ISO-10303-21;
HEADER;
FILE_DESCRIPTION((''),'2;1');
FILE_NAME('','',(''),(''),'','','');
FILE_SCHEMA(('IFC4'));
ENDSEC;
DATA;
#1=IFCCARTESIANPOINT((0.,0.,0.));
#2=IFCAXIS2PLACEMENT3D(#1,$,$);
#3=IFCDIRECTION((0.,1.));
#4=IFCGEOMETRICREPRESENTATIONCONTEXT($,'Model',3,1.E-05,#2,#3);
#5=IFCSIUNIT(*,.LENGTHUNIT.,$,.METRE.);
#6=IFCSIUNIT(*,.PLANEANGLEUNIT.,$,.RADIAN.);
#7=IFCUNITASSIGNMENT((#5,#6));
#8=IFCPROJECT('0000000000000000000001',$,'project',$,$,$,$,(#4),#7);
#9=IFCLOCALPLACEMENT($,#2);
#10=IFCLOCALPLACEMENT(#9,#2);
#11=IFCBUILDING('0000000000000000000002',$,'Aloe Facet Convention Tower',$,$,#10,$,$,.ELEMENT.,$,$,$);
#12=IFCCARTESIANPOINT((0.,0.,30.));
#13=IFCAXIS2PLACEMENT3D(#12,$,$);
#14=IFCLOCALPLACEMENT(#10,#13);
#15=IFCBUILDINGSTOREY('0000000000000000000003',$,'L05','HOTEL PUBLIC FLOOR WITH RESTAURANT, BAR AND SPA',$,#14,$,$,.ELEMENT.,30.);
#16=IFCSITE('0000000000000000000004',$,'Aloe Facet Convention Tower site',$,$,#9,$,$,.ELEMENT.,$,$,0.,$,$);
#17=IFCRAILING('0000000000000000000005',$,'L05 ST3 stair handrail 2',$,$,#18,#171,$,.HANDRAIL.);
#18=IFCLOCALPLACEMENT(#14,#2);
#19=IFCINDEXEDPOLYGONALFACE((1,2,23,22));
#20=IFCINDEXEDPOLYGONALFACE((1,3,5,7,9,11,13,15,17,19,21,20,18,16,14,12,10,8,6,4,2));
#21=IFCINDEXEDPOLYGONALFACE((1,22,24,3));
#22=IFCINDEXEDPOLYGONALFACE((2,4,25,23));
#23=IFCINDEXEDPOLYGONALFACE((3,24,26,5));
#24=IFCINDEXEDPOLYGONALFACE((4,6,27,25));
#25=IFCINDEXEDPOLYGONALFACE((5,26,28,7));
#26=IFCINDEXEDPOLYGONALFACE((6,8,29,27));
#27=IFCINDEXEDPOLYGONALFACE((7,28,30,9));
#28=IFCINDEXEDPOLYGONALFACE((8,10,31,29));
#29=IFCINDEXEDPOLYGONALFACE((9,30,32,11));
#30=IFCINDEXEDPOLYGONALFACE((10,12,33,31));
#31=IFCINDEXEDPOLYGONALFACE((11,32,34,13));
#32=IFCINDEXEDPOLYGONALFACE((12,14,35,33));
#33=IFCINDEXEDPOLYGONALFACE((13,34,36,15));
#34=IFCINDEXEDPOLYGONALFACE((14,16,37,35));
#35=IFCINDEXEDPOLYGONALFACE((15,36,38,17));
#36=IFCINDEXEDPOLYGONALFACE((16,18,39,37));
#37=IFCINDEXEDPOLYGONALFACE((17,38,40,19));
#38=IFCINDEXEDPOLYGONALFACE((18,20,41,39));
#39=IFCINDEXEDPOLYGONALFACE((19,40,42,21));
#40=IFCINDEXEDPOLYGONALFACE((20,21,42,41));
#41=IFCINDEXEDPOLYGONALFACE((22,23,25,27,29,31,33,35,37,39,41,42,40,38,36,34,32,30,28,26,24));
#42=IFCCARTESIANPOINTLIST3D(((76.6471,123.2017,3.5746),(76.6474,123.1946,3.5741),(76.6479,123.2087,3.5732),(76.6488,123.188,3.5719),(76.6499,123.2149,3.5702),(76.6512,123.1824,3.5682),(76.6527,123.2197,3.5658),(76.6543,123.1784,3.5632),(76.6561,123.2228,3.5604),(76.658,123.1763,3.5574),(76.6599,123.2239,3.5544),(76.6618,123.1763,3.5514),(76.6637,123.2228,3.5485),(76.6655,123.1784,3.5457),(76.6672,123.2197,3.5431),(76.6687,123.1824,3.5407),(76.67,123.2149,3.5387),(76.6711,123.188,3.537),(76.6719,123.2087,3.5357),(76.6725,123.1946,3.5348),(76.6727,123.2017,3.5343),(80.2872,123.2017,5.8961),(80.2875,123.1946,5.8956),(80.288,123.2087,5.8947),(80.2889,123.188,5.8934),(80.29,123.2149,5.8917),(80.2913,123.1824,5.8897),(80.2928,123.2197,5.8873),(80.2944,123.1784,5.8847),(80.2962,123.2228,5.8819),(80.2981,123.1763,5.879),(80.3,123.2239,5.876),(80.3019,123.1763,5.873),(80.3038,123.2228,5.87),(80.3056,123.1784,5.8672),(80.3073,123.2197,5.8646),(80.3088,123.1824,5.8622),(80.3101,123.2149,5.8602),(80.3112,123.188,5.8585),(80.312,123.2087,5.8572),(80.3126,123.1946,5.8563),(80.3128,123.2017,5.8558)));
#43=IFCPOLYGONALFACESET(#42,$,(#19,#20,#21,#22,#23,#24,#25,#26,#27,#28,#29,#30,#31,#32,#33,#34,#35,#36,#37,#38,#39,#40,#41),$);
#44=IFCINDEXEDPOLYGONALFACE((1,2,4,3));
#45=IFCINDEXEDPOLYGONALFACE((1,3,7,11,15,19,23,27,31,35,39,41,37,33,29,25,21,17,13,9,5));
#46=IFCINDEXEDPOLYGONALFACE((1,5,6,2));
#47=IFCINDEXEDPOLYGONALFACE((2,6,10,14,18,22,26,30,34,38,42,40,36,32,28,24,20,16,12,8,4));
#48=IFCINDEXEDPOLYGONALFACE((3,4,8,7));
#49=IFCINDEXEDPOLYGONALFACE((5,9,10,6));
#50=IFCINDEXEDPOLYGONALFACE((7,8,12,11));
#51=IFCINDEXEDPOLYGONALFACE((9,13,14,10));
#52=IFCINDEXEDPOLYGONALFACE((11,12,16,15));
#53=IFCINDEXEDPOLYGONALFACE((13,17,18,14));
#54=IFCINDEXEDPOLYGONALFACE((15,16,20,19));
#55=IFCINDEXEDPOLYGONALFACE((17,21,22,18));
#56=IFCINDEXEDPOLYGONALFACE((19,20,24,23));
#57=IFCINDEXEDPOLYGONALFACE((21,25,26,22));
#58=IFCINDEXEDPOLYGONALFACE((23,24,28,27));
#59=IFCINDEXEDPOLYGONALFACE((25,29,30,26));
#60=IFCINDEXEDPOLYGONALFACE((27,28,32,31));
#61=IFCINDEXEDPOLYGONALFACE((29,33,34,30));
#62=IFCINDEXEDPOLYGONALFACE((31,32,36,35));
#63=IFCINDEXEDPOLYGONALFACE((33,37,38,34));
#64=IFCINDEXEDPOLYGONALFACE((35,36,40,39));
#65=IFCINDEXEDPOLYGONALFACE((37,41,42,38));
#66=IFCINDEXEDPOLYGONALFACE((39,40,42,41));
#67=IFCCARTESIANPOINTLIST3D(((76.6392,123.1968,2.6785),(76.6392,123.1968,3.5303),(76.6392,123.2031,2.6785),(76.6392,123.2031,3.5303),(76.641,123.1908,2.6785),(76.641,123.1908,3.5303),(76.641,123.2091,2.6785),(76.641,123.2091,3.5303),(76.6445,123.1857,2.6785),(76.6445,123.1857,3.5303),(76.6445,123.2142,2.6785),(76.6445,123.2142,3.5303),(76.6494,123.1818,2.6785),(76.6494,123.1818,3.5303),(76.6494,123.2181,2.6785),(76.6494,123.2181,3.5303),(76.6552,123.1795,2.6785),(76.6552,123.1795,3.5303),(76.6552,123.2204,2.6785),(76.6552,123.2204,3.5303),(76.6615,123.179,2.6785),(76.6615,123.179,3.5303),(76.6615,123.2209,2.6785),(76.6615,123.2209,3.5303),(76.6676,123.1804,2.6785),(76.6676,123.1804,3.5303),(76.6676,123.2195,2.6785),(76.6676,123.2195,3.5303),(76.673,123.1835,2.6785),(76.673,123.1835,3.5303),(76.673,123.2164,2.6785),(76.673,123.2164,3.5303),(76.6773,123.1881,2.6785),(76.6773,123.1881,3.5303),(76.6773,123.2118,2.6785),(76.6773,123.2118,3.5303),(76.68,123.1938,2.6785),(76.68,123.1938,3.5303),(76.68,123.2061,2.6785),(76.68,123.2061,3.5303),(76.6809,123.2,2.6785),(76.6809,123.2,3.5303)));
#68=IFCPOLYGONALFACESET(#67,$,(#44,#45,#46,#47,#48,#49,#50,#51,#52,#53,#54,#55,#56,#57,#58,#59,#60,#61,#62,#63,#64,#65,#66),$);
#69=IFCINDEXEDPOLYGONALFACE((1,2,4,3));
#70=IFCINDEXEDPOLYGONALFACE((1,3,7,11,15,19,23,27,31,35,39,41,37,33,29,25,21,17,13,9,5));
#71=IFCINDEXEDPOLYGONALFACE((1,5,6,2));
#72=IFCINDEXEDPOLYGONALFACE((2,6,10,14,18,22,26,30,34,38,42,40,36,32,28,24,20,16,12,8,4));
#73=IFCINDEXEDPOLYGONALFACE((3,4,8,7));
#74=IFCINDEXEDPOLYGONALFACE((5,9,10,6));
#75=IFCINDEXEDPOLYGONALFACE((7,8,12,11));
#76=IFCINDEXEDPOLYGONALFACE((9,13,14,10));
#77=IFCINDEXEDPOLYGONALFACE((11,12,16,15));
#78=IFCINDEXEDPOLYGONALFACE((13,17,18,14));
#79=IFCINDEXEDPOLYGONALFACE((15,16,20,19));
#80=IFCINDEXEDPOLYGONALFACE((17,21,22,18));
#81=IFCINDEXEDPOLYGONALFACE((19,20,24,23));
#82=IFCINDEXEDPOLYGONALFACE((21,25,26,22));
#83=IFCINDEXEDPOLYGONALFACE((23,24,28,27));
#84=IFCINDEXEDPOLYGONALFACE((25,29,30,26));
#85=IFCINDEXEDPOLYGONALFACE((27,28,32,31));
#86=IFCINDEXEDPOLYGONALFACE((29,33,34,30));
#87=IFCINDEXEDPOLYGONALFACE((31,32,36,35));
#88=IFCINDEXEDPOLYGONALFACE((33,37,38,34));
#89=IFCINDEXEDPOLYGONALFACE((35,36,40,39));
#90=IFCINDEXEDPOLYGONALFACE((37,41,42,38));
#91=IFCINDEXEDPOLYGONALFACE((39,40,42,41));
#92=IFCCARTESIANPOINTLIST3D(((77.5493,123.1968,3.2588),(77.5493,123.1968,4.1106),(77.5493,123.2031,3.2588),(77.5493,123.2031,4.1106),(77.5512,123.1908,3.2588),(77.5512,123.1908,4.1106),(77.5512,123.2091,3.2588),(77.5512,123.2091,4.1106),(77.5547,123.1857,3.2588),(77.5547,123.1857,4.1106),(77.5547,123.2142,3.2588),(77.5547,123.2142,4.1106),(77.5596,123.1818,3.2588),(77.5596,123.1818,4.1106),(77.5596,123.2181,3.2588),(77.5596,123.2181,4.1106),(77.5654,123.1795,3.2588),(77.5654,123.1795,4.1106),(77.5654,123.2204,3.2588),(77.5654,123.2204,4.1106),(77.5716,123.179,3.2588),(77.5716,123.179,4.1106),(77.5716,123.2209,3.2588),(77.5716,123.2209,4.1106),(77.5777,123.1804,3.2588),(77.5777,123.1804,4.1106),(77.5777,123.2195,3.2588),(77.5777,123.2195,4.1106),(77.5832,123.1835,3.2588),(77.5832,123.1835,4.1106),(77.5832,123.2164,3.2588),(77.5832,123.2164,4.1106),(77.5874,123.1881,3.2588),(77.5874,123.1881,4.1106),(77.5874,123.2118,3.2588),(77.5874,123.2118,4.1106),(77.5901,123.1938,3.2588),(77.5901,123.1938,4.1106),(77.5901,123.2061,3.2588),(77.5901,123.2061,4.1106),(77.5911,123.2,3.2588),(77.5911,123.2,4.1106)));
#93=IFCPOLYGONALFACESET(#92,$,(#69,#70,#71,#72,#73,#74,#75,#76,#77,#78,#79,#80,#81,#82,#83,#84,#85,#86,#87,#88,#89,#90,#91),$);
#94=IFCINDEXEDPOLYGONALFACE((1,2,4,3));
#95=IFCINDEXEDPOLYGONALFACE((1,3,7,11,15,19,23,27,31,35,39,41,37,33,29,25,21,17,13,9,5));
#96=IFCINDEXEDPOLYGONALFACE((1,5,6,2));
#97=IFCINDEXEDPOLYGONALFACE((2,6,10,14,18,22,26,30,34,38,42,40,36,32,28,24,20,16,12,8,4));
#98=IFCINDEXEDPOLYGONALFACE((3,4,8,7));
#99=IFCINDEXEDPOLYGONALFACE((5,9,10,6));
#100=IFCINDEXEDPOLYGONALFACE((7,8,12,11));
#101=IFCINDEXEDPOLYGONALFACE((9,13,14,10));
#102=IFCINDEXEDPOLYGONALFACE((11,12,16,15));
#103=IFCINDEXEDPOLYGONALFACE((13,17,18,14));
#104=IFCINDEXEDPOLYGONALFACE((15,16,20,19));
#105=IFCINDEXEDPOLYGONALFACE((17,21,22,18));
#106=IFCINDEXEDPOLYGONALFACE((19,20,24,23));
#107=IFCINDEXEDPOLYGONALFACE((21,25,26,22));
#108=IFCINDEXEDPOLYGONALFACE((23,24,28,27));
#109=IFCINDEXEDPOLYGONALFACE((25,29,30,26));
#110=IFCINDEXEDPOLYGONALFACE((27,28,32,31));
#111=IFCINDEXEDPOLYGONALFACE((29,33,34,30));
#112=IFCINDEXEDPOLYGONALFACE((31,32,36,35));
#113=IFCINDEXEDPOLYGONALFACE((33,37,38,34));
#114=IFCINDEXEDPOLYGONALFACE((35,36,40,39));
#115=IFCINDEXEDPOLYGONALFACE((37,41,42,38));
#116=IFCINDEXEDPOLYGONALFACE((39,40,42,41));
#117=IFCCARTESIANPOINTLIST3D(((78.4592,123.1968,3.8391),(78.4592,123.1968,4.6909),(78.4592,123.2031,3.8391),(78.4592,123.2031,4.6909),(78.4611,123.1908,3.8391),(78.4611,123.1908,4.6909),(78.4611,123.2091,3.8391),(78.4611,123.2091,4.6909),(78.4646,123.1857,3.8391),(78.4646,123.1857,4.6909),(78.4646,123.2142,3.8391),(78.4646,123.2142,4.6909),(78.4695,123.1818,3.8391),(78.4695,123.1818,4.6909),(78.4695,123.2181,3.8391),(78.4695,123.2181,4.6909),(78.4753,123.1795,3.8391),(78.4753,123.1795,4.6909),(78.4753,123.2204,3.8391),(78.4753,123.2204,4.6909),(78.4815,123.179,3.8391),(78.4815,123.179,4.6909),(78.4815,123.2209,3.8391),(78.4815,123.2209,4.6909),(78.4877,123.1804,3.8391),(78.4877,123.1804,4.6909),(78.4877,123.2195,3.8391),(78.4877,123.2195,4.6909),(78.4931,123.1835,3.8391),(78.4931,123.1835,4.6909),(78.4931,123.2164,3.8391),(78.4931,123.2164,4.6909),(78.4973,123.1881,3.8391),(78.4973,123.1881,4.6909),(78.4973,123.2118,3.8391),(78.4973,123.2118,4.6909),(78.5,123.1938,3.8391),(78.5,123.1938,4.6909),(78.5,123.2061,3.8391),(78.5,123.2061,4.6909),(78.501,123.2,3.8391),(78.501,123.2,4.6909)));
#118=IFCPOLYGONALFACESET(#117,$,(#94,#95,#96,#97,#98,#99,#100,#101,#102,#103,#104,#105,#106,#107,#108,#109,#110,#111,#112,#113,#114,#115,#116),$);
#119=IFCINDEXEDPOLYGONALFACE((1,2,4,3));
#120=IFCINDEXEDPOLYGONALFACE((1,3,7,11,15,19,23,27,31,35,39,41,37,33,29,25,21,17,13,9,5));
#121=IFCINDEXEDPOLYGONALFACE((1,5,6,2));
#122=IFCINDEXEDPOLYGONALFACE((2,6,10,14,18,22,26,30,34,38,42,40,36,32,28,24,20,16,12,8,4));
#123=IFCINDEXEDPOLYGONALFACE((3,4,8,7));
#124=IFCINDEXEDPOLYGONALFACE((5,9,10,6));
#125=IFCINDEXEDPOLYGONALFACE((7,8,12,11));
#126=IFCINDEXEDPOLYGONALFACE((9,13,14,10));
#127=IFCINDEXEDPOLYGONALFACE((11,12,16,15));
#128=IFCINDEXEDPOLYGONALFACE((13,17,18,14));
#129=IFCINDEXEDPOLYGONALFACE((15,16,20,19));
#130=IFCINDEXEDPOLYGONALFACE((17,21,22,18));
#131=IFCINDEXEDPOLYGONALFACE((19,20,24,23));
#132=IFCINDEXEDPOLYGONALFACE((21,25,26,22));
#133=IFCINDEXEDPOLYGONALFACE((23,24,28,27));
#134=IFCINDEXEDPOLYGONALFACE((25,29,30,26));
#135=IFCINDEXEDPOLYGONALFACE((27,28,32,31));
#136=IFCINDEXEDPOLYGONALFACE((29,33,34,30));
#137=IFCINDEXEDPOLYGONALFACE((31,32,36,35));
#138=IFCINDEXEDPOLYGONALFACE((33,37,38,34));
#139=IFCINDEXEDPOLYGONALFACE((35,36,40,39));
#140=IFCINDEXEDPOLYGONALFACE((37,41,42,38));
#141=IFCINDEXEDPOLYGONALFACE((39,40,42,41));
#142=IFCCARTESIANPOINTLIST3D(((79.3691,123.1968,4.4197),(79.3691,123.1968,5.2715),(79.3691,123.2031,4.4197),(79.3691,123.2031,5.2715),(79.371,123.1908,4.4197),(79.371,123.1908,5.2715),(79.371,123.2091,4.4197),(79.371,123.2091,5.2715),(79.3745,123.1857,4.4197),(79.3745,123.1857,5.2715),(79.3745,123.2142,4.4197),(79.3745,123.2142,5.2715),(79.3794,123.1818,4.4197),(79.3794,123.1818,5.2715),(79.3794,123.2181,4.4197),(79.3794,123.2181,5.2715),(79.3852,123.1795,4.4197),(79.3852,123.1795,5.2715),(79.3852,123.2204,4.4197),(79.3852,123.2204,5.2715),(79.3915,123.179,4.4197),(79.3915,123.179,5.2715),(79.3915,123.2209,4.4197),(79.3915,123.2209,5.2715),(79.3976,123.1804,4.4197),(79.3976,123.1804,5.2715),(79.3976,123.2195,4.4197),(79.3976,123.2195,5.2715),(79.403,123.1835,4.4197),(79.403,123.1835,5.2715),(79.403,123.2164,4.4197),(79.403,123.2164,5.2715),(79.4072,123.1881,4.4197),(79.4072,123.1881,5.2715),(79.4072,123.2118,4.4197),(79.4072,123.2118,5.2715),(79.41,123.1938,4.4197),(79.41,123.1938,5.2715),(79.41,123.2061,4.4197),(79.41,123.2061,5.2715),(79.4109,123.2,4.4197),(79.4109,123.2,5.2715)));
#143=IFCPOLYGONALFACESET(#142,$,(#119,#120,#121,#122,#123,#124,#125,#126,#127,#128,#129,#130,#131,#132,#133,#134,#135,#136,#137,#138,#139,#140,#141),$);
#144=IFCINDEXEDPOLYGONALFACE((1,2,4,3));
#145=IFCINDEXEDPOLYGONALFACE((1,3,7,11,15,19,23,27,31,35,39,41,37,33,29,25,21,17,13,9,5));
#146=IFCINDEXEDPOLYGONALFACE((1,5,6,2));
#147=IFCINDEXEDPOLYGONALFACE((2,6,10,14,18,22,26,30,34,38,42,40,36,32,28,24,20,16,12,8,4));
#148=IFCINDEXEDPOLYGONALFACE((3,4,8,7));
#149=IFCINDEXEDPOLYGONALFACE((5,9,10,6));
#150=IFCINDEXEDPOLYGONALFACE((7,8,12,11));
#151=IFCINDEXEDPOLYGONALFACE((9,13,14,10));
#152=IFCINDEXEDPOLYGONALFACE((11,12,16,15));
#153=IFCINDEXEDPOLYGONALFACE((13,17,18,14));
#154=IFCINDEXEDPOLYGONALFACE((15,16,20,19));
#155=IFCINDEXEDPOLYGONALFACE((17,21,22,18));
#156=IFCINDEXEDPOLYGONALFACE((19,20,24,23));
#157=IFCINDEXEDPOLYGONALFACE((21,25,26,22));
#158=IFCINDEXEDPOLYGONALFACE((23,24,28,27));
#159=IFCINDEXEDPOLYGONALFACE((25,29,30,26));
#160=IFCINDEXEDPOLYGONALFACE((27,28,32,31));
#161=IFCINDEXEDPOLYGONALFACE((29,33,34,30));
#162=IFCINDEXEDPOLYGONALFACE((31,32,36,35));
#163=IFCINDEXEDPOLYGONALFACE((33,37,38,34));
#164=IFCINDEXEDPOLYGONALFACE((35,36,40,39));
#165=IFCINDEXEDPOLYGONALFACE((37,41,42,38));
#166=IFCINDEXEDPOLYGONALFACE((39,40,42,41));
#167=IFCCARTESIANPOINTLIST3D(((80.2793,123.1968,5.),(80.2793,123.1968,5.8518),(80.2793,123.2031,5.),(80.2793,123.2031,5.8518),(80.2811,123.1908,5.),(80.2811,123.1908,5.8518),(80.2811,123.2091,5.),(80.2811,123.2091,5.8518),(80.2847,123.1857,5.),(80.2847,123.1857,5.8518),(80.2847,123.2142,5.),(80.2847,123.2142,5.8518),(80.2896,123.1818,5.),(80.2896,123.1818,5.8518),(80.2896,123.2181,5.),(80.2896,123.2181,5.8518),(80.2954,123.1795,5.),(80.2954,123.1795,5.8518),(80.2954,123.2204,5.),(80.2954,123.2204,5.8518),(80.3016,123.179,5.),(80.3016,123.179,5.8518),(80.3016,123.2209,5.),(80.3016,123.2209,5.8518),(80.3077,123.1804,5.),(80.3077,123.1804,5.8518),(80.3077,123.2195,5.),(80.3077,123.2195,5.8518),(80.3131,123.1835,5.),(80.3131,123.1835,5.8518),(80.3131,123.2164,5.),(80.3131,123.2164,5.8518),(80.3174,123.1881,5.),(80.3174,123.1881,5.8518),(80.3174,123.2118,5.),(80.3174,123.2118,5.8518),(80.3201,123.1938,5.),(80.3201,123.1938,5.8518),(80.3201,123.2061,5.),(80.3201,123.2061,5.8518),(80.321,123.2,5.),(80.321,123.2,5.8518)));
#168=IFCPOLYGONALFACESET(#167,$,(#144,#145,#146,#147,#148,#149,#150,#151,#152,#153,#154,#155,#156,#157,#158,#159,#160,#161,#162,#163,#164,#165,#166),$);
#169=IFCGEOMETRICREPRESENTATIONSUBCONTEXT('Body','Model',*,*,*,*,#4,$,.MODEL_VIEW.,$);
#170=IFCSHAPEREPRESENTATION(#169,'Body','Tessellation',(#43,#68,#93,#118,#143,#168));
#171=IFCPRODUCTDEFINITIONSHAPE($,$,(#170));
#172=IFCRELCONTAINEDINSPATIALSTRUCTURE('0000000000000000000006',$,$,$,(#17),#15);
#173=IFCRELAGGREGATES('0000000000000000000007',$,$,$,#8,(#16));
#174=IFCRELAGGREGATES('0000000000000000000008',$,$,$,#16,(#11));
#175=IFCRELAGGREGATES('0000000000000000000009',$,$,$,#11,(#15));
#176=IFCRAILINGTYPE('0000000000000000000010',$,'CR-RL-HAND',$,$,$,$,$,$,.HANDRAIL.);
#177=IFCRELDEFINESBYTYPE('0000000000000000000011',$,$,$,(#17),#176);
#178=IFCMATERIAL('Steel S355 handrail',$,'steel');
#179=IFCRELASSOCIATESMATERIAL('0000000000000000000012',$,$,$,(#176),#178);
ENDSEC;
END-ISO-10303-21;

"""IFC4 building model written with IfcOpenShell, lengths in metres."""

from ifc_helpers import new_model, si_unit, direction, frame, origin, origin_2d, place, context, subcontext, project, spatial, circle, extrude, material, type_object, element, save


model = new_model("IFC4")

# Units and contexts
model_context = context("Model", 3, precision=1e-05, world=origin(), true_north=direction((0.0, 1.0)))
body_context = subcontext(model_context, "Body", "Model", "MODEL_VIEW")
ifc_project = project(units=[si_unit("LENGTHUNIT", "METRE"), si_unit("PLANEANGLEUNIT", "RADIAN")], contexts=[model_context])

# Site, building, storey
site_placement = place(None, origin())
site = spatial("IfcSite", under=ifc_project, at=site_placement, Name="Aloe Facet Convention Tower site", CompositionType="ELEMENT", RefElevation=0.0)
building_placement = place(site_placement, origin())
building = spatial("IfcBuilding", under=site, at=building_placement, Name="Aloe Facet Convention Tower", CompositionType="ELEMENT")
storey_placement = place(building_placement, frame((0.0, 0.0, 30.0)))
storey = spatial("IfcBuildingStorey", under=building, at=storey_placement, Name="L05", Description="HOTEL PUBLIC FLOOR WITH RESTAURANT, BAR AND SPA", CompositionType="ELEMENT", Elevation=30.0)

# Railing
ifc_material_1 = material(Name="Steel S355 handrail", Category="steel")
railing_type_1 = type_object("IfcRailingType", Name="CR-RL-HAND", PredefinedType="HANDRAIL", material=ifc_material_1)
railing_1_placement = place(storey_placement, frame((76.6599, 123.2, 2.6785)))
element("IfcRailing", 1, at=railing_1_placement, inside=storey, type_object=railing_type_1, Name="L05 ST3 stair handrail 2", PredefinedType="HANDRAIL", context=body_context, shape_type="SweptSolid", body=[
    extrude(circle(Radius=0.0239, at=origin_2d()), frame((0.0, 0.0, 0.876), z_axis=(0.843128, 0.0, 0.537713), x_axis=(0.0, 1.0, 0.0)), (0.0, 0.0, 1.0), 4.3174),
    extrude(circle(Radius=0.021, at=origin_2d()), origin(), (0.0, 0.0, 1.0), 0.8518),
    extrude(circle(Radius=0.021, at=origin_2d()), frame((0.9102, 0.0, 0.5803)), (0.0, 0.0, 1.0), 0.8518),
    extrude(circle(Radius=0.021, at=origin_2d()), frame((1.8201, 0.0, 1.1606)), (0.0, 0.0, 1.0), 0.8518),
    extrude(circle(Radius=0.021, at=origin_2d()), frame((2.73, 0.0, 1.7412)), (0.0, 0.0, 1.0), 0.8518),
    extrude(circle(Radius=0.021, at=origin_2d()), frame((3.6401, 0.0, 2.3215)), (0.0, 0.0, 1.0), 0.8518),
])

save(model, "model.ifc")
